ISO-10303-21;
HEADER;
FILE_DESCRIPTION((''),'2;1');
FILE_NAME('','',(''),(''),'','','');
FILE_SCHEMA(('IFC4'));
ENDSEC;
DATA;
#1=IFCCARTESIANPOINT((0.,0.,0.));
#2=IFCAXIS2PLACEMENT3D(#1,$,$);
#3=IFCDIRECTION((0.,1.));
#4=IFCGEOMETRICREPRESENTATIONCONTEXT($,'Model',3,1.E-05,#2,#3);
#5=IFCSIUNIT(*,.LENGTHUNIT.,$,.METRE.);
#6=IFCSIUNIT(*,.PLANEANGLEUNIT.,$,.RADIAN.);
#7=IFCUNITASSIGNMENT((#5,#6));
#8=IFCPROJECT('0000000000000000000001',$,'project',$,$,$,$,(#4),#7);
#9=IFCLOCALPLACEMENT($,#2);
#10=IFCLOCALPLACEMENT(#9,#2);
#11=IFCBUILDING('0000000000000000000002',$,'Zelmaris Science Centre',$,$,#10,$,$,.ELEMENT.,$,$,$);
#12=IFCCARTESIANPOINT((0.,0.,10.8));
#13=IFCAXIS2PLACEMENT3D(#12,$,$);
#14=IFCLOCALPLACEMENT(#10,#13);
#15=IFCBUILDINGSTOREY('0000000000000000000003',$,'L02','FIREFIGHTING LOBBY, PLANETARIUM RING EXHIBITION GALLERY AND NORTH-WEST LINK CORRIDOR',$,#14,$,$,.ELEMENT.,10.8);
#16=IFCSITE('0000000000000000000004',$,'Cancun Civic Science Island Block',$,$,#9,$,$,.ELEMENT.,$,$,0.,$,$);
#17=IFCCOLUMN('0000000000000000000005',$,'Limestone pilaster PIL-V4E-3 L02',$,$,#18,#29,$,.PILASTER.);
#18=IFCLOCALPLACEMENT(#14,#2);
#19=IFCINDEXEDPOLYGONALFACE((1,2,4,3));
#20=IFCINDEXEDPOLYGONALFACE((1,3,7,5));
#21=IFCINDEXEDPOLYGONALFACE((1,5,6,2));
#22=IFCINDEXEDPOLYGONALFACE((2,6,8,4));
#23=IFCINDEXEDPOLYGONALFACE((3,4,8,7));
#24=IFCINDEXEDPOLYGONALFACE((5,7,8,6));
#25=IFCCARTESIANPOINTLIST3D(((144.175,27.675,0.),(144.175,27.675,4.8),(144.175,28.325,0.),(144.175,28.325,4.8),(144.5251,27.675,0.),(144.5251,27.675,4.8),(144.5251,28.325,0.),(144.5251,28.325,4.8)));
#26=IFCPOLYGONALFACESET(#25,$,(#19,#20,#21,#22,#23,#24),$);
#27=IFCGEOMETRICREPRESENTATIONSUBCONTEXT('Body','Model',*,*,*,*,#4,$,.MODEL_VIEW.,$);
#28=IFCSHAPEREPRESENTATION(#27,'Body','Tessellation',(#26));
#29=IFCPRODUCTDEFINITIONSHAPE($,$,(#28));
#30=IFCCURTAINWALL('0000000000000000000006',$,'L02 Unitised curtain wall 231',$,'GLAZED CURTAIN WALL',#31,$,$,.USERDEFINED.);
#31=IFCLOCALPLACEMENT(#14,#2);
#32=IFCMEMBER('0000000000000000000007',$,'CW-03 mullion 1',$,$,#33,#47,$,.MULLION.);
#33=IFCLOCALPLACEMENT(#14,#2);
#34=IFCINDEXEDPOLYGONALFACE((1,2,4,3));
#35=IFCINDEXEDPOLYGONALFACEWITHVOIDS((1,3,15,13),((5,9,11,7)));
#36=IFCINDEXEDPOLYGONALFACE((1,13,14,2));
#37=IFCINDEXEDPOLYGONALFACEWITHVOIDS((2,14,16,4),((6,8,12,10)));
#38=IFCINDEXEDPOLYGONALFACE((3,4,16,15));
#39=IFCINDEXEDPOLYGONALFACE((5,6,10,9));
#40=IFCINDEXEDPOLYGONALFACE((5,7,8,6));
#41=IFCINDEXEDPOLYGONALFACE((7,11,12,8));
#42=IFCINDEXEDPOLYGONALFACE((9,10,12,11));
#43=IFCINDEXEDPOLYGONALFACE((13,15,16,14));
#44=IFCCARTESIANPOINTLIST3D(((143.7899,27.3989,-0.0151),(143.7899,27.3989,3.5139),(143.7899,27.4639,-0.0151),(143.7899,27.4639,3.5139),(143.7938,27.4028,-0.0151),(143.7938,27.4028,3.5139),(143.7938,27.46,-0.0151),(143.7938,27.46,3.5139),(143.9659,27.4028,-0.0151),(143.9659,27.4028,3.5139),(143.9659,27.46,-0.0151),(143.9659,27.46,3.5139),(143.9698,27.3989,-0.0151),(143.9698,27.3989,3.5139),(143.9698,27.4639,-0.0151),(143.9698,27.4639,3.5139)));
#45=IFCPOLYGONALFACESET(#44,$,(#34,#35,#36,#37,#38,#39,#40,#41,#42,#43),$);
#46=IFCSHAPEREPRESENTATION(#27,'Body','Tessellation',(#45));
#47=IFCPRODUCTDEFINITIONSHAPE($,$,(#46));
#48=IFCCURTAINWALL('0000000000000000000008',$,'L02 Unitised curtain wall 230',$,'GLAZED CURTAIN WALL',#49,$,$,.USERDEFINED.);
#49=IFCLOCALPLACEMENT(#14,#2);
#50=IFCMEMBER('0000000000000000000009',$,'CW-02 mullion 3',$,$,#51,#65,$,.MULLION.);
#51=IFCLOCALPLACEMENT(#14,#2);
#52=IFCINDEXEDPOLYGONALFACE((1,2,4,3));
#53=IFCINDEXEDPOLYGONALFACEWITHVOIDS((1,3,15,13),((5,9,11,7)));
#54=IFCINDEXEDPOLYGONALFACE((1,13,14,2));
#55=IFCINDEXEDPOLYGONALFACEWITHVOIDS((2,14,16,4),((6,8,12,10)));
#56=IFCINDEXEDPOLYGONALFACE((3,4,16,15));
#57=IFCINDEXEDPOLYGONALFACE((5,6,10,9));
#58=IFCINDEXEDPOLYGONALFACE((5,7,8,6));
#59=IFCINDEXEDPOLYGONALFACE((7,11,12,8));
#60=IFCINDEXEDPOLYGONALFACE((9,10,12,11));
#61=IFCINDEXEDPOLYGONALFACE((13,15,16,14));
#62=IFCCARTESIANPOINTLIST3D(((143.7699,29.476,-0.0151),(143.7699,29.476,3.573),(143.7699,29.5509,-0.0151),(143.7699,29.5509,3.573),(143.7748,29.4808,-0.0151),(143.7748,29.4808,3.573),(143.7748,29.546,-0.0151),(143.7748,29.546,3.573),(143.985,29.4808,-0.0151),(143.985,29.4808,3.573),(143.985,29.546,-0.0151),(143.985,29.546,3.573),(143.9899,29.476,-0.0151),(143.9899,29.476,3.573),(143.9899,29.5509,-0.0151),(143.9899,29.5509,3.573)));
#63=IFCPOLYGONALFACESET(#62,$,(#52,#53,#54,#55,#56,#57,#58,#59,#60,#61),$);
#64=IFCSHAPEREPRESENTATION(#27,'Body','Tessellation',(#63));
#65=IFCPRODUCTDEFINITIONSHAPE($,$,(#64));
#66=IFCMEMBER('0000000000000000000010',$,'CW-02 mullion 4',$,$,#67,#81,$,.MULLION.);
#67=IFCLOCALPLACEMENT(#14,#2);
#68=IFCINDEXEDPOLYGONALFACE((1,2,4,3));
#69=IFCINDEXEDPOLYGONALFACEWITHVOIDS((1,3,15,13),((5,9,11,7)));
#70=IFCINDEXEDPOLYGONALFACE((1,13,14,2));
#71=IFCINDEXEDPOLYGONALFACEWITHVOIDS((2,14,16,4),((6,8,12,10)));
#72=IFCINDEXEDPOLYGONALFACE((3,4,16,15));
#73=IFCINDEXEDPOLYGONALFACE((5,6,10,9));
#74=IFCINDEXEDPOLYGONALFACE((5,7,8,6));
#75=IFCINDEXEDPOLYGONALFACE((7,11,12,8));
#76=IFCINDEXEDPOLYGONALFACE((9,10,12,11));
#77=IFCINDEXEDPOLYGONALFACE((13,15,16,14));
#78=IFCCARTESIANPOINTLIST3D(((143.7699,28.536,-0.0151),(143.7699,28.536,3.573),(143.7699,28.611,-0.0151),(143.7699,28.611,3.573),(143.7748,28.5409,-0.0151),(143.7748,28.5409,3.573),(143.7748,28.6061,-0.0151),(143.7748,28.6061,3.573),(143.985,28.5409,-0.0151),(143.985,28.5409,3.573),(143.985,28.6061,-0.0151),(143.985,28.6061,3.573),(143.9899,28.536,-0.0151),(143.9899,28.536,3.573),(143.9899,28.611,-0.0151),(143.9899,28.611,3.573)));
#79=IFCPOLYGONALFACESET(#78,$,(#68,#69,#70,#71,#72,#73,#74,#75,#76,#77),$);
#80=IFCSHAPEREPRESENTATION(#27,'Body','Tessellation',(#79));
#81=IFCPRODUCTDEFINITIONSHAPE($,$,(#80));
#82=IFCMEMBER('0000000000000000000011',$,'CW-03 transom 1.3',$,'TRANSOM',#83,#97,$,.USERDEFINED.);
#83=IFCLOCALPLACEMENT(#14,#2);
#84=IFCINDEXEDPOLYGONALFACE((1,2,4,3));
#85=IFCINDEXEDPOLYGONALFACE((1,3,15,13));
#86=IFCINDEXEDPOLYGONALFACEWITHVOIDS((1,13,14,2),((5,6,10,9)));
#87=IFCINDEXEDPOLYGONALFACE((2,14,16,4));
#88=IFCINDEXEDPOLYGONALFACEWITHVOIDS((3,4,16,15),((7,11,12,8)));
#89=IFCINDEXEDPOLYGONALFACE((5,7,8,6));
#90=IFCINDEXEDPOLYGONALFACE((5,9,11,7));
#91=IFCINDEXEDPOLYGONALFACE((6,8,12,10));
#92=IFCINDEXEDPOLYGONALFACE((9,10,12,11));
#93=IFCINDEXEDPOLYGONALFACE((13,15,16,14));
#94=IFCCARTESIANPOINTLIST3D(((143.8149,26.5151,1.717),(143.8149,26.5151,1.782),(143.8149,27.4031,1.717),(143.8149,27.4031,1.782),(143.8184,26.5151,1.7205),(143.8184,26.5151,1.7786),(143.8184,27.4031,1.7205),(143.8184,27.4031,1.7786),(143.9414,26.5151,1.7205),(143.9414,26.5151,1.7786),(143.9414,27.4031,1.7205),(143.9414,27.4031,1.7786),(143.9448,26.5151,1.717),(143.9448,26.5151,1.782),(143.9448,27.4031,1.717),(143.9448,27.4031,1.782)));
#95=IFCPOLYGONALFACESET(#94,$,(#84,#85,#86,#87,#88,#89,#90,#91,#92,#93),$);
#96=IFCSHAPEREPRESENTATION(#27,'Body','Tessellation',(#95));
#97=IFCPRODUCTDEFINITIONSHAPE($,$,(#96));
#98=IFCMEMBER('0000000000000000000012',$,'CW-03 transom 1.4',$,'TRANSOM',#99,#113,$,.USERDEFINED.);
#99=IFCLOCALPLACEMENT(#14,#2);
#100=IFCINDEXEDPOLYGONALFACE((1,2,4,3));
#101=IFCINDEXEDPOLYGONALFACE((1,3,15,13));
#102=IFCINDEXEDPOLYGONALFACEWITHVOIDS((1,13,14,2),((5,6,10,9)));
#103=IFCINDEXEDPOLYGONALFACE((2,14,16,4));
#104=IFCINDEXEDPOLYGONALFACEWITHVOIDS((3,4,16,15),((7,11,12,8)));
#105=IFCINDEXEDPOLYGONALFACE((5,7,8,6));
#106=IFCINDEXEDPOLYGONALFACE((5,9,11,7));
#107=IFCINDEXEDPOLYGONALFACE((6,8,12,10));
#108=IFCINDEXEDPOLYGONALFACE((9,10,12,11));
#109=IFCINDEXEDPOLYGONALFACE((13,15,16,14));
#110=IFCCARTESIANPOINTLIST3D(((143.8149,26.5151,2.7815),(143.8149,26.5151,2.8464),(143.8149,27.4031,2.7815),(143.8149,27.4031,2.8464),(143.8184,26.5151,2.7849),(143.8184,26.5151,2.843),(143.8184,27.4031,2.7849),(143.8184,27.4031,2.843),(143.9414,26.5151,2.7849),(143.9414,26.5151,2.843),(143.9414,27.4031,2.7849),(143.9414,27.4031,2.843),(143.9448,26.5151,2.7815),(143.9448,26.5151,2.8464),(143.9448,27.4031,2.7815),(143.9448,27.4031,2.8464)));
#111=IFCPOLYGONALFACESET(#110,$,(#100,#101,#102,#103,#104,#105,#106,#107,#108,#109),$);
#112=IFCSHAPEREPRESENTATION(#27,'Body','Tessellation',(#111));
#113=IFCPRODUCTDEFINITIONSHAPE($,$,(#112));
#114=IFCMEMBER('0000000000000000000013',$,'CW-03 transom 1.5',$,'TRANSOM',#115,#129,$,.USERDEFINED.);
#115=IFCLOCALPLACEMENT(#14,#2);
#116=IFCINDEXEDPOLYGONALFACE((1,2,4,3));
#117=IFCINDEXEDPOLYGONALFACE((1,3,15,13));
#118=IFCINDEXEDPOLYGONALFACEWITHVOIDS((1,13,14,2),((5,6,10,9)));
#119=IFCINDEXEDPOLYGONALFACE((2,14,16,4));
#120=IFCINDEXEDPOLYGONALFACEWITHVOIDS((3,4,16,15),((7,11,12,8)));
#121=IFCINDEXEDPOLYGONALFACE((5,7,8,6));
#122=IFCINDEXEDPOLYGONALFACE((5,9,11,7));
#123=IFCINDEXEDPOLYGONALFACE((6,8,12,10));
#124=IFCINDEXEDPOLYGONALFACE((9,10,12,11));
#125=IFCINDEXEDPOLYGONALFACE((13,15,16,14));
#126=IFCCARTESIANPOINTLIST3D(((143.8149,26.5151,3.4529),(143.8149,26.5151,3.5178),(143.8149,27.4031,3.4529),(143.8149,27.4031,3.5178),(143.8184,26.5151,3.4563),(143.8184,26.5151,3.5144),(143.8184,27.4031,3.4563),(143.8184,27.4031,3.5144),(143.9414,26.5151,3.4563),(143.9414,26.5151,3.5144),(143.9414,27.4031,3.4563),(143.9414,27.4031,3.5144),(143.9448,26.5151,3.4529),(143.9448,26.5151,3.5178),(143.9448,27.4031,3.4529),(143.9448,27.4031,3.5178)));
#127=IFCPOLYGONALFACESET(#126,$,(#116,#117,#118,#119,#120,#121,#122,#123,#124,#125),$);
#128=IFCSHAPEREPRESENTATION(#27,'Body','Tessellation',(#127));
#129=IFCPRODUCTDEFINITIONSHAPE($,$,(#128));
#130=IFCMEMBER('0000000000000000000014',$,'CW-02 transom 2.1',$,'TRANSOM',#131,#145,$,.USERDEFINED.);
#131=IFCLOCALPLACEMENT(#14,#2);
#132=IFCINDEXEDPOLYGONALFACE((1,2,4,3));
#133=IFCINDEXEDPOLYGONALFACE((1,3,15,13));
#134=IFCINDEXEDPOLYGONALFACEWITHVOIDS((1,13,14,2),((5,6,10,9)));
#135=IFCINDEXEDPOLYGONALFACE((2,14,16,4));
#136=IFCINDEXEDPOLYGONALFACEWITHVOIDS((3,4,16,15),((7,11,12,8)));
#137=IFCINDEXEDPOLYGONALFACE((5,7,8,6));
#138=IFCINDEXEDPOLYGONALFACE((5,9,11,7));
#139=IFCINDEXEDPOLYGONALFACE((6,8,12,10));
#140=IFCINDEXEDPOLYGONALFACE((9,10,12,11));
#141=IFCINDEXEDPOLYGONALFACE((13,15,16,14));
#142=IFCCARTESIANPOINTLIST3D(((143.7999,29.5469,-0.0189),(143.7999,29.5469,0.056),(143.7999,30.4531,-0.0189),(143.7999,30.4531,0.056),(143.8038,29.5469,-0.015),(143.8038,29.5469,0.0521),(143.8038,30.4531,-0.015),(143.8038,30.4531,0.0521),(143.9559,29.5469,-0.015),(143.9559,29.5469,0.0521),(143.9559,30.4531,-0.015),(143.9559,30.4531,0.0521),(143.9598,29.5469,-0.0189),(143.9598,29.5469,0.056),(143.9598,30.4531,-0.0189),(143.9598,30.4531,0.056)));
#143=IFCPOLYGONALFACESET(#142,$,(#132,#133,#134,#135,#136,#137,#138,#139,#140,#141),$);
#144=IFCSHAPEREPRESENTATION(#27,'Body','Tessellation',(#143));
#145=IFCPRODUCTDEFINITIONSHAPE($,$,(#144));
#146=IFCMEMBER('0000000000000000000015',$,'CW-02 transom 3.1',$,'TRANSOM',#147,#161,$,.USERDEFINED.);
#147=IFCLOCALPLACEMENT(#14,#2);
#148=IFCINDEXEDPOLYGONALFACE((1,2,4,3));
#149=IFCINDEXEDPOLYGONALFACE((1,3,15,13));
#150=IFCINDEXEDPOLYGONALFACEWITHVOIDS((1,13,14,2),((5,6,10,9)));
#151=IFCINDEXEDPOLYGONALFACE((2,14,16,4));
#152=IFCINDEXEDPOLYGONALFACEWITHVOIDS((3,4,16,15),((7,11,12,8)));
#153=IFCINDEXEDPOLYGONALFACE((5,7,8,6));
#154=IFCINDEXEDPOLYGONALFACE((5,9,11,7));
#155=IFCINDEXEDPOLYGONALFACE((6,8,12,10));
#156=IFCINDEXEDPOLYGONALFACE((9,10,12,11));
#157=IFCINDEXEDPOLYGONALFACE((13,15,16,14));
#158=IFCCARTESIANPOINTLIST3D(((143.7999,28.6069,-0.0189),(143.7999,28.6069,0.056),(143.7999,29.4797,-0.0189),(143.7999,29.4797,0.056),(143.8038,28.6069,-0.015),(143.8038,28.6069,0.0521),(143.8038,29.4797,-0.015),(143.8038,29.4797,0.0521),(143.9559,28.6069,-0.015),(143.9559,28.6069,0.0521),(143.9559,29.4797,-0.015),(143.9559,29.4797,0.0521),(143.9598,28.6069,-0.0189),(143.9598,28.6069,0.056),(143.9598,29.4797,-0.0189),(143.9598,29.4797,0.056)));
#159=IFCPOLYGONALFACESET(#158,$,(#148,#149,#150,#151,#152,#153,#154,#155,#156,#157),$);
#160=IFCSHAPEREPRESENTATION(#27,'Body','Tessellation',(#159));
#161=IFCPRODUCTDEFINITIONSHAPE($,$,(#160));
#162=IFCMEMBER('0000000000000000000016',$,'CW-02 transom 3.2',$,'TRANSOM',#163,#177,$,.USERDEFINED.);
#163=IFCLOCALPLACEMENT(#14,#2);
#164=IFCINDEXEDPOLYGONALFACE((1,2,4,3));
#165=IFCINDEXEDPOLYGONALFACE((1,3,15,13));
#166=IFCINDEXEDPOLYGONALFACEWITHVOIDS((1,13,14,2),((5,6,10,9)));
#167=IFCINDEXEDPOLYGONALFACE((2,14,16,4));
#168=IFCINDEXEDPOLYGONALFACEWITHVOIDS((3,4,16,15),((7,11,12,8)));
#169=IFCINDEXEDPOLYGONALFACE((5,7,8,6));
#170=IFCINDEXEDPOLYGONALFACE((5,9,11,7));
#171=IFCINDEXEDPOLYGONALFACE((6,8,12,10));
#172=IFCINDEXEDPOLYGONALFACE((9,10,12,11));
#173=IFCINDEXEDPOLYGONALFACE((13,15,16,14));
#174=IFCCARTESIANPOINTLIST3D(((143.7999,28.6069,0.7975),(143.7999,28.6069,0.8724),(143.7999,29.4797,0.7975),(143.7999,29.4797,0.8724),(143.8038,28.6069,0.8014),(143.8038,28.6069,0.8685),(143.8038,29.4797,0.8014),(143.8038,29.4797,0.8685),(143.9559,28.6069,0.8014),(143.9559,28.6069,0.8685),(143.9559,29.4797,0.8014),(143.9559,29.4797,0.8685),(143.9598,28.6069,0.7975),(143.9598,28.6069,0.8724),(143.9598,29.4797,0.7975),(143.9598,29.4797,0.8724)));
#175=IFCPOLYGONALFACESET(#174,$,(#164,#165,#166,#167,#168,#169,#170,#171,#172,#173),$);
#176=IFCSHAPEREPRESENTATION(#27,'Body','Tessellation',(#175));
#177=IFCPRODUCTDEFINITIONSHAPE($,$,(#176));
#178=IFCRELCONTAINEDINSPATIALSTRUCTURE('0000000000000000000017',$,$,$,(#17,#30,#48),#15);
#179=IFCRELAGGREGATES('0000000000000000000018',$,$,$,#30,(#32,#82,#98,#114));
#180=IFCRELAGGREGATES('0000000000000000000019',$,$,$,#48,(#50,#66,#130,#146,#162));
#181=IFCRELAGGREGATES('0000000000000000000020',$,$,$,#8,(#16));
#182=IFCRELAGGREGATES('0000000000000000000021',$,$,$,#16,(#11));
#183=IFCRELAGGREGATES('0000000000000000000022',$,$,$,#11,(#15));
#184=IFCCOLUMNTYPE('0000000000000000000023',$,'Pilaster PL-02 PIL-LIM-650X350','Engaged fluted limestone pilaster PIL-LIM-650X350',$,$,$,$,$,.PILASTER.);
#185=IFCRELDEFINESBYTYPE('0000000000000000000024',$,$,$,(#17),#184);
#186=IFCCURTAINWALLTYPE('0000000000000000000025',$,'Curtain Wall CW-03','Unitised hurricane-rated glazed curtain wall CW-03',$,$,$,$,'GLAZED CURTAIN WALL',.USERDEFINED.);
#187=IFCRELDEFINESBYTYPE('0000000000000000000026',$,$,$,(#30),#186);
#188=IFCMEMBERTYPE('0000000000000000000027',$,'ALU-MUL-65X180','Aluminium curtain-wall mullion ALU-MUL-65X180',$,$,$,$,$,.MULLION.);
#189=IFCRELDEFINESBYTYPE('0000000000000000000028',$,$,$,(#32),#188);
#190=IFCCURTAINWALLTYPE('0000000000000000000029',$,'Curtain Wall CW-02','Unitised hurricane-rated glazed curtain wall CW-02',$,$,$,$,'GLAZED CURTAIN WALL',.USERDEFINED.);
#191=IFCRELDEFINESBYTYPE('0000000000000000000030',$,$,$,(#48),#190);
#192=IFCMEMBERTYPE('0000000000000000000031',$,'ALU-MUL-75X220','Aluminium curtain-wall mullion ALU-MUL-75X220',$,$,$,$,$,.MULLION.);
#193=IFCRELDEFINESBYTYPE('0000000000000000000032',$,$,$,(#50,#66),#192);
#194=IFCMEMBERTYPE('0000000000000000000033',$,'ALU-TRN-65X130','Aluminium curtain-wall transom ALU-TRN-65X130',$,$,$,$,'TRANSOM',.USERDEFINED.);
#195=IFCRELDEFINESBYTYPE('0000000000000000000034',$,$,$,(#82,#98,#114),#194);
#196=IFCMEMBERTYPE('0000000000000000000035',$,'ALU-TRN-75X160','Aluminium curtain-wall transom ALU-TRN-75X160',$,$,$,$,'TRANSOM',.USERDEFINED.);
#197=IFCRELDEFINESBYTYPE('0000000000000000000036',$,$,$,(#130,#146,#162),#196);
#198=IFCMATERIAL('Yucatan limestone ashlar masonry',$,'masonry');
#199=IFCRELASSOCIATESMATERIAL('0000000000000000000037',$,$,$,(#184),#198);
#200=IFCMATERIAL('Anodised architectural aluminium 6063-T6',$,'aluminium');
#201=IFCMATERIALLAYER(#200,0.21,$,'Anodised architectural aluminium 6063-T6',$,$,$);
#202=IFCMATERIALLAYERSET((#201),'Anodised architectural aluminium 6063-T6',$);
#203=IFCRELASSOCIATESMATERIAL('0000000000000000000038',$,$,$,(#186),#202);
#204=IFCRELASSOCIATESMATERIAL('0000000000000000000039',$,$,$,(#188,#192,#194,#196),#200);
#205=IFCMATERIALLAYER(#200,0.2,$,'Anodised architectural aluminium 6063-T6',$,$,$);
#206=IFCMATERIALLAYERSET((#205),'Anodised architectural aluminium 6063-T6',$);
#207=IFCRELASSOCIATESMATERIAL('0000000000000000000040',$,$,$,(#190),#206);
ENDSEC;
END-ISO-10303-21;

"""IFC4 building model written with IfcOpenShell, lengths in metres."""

from ifc_helpers import new_model, si_unit, direction, frame, origin, origin_2d, place, context, subcontext, project, spatial, rectangle, hollow_rectangle, extrude, material, layer, layer_set, material_profile, profile_set, type_object, element, aggregate, save


model = new_model("IFC4")

# Units and contexts
model_context = context("Model", 3, precision=1e-05, world=origin(), true_north=direction((0.0, 1.0)))
body_context = subcontext(model_context, "Body", "Model", "MODEL_VIEW")
ifc_project = project(units=[si_unit("LENGTHUNIT", "METRE"), si_unit("PLANEANGLEUNIT", "RADIAN")], contexts=[model_context])

# Site, building, storey
site_placement = place(None, origin())
site = spatial("IfcSite", under=ifc_project, at=site_placement, Name="Cancun Civic Science Island Block", CompositionType="ELEMENT", RefElevation=0.0)
building_placement = place(site_placement, origin())
building = spatial("IfcBuilding", under=site, at=building_placement, Name="Zelmaris Science Centre", CompositionType="ELEMENT")
storey_placement = place(building_placement, frame((0.0, 0.0, 10.8)))
storey = spatial("IfcBuildingStorey", under=building, at=storey_placement, Name="L02", Description="FIREFIGHTING LOBBY, PLANETARIUM RING EXHIBITION GALLERY AND NORTH-WEST LINK CORRIDOR", CompositionType="ELEMENT", Elevation=10.8)

# Column
ifc_material_1 = material(Name="Yucatan limestone ashlar masonry", Category="masonry")
ifc_material_profile_1 = material_profile(ifc_material_1, rectangle(XDim=0.6499, YDim=0.3501, at=origin_2d()), Name="PIL-LIM-650X350")
ifc_profile_set_1 = profile_set([ifc_material_profile_1], Name="Yucatan limestone ashlar masonry")
column_type = type_object("IfcColumnType", Name="Pilaster PL-02 PIL-LIM-650X350", Description="Engaged fluted limestone pilaster PIL-LIM-650X350", PredefinedType="PILASTER", material=ifc_profile_set_1)
column_placement = place(storey_placement, frame((144.3501, 28.0, 0.0), z_axis=(0.0, 0.0, 1.0), x_axis=(0.0, 1.0, 0.0)))
element("IfcColumn", 1, at=column_placement, inside=storey, type_object=column_type, Name="Limestone pilaster PIL-V4E-3 L02", PredefinedType="PILASTER", context=body_context, shape_type="SweptSolid", body=[
    extrude(rectangle(XDim=0.6499, YDim=0.3501, at=origin_2d()), origin(), (0.0, 0.0, 1.0), 4.8),
])

# Curtain wall, member
ifc_material_2 = material(Name="Anodised architectural aluminium 6063-T6", Category="aluminium")
ifc_layer_1 = layer(ifc_material_2, 0.21, Name="Anodised architectural aluminium 6063-T6")
ifc_layer_set_1 = layer_set([ifc_layer_1], Name="Anodised architectural aluminium 6063-T6")
curtain_wall_type_1 = type_object("IfcCurtainWallType", Name="Curtain Wall CW-03", Description="Unitised hurricane-rated glazed curtain wall CW-03", ElementType="GLAZED CURTAIN WALL", PredefinedType="USERDEFINED", material=ifc_layer_set_1)
curtain_wall_1_placement = place(storey_placement, origin())
curtain_wall_1 = element("IfcCurtainWall", 2, at=curtain_wall_1_placement, inside=storey, type_object=curtain_wall_type_1, Name="L02 Unitised curtain wall 231", ObjectType="GLAZED CURTAIN WALL", PredefinedType="USERDEFINED")
ifc_material_profile_2 = material_profile(ifc_material_2, hollow_rectangle(XDim=0.0649, YDim=0.1799, WallThickness=0.0039, at=origin_2d()), Name="ALU-MUL-65X180")
ifc_profile_set_2 = profile_set([ifc_material_profile_2], Name="Anodised architectural aluminium 6063-T6")
member_type_1 = type_object("IfcMemberType", Name="ALU-MUL-65X180", Description="Aluminium curtain-wall mullion ALU-MUL-65X180", PredefinedType="MULLION", material=ifc_profile_set_2)
member_1_placement = place(storey_placement, frame((143.8799, 27.4314, -0.0151), z_axis=(0.0, 0.0, 1.0), x_axis=(0.0, -1.0, 0.0)))
member_1 = element("IfcMember", 3, at=member_1_placement, type_object=member_type_1, Name="CW-03 mullion 1", PredefinedType="MULLION", context=body_context, shape_type="SweptSolid", body=[
    extrude(hollow_rectangle(XDim=0.0649, YDim=0.1799, WallThickness=0.0039, at=origin_2d()), origin(), (0.0, 0.0, 1.0), 3.5291),
])

# Curtain wall, members
ifc_layer_2 = layer(ifc_material_2, 0.2, Name="Anodised architectural aluminium 6063-T6")
ifc_layer_set_2 = layer_set([ifc_layer_2], Name="Anodised architectural aluminium 6063-T6")
curtain_wall_type_2 = type_object("IfcCurtainWallType", Name="Curtain Wall CW-02", Description="Unitised hurricane-rated glazed curtain wall CW-02", ElementType="GLAZED CURTAIN WALL", PredefinedType="USERDEFINED", material=ifc_layer_set_2)
curtain_wall_2_placement = place(storey_placement, origin())
curtain_wall_2 = element("IfcCurtainWall", 4, at=curtain_wall_2_placement, inside=storey, type_object=curtain_wall_type_2, Name="L02 Unitised curtain wall 230", ObjectType="GLAZED CURTAIN WALL", PredefinedType="USERDEFINED")
ifc_material_profile_3 = material_profile(ifc_material_2, hollow_rectangle(XDim=0.075, YDim=0.22, WallThickness=0.0049, at=origin_2d()), Name="ALU-MUL-75X220")
ifc_profile_set_3 = profile_set([ifc_material_profile_3], Name="Anodised architectural aluminium 6063-T6")
member_type_2 = type_object("IfcMemberType", Name="ALU-MUL-75X220", Description="Aluminium curtain-wall mullion ALU-MUL-75X220", PredefinedType="MULLION", material=ifc_profile_set_3)
member_2_placement = place(storey_placement, frame((143.8799, 29.5134, -0.0151), z_axis=(0.0, 0.0, 1.0), x_axis=(0.0, -1.0, 0.0)))
member_2 = element("IfcMember", 5, at=member_2_placement, type_object=member_type_2, Name="CW-02 mullion 3", PredefinedType="MULLION", context=body_context, shape_type="SweptSolid", body=[
    extrude(hollow_rectangle(XDim=0.075, YDim=0.22, WallThickness=0.0049, at=origin_2d()), origin(), (0.0, 0.0, 1.0), 3.5881),
])
member_3_placement = place(storey_placement, frame((143.8799, 28.5735, -0.0151), z_axis=(0.0, 0.0, 1.0), x_axis=(0.0, -1.0, 0.0)))
member_3 = element("IfcMember", 6, at=member_3_placement, type_object=member_type_2, Name="CW-02 mullion 4", PredefinedType="MULLION", context=body_context, shape_type="SweptSolid", body=[
    extrude(hollow_rectangle(XDim=0.075, YDim=0.22, WallThickness=0.0049, at=origin_2d()), origin(), (0.0, 0.0, 1.0), 3.5881),
])

# Members
ifc_material_profile_4 = material_profile(ifc_material_2, hollow_rectangle(XDim=0.0649, YDim=0.1299, WallThickness=0.0034, at=origin_2d()), Name="ALU-TRN-65X130")
ifc_profile_set_4 = profile_set([ifc_material_profile_4], Name="Anodised architectural aluminium 6063-T6")
member_type_3 = type_object("IfcMemberType", Name="ALU-TRN-65X130", Description="Aluminium curtain-wall transom ALU-TRN-65X130", ElementType="TRANSOM", PredefinedType="USERDEFINED", material=ifc_profile_set_4)
member_4_placement = place(storey_placement, frame((143.8799, 27.4031, 1.7495), z_axis=(0.0, -1.0, 0.0), x_axis=(0.0, 0.0, 1.0)))
member_4 = element("IfcMember", 7, at=member_4_placement, type_object=member_type_3, Name="CW-03 transom 1.3", ObjectType="TRANSOM", PredefinedType="USERDEFINED", context=body_context, shape_type="SweptSolid", body=[
    extrude(hollow_rectangle(XDim=0.0649, YDim=0.1299, WallThickness=0.0034, at=origin_2d()), origin(), (0.0, 0.0, 1.0), 0.8879),
])
member_5_placement = place(storey_placement, frame((143.8799, 27.4031, 2.814), z_axis=(0.0, -1.0, 0.0), x_axis=(0.0, 0.0, 1.0)))
member_5 = element("IfcMember", 8, at=member_5_placement, type_object=member_type_3, Name="CW-03 transom 1.4", ObjectType="TRANSOM", PredefinedType="USERDEFINED", context=body_context, shape_type="SweptSolid", body=[
    extrude(hollow_rectangle(XDim=0.0649, YDim=0.1299, WallThickness=0.0034, at=origin_2d()), origin(), (0.0, 0.0, 1.0), 0.8879),
])
member_6_placement = place(storey_placement, frame((143.8799, 27.4031, 3.4854), z_axis=(0.0, -1.0, 0.0), x_axis=(0.0, 0.0, 1.0)))
member_6 = element("IfcMember", 9, at=member_6_placement, type_object=member_type_3, Name="CW-03 transom 1.5", ObjectType="TRANSOM", PredefinedType="USERDEFINED", context=body_context, shape_type="SweptSolid", body=[
    extrude(hollow_rectangle(XDim=0.0649, YDim=0.1299, WallThickness=0.0034, at=origin_2d()), origin(), (0.0, 0.0, 1.0), 0.8879),
])
aggregate(curtain_wall_1, [member_1, member_4, member_5, member_6])
ifc_material_profile_5 = material_profile(ifc_material_2, hollow_rectangle(XDim=0.075, YDim=0.1599, WallThickness=0.0039, at=origin_2d()), Name="ALU-TRN-75X160")
ifc_profile_set_5 = profile_set([ifc_material_profile_5], Name="Anodised architectural aluminium 6063-T6")
member_type_4 = type_object("IfcMemberType", Name="ALU-TRN-75X160", Description="Aluminium curtain-wall transom ALU-TRN-75X160", ElementType="TRANSOM", PredefinedType="USERDEFINED", material=ifc_profile_set_5)
member_7_placement = place(storey_placement, frame((143.8799, 30.4531, 0.0186), z_axis=(0.0, -1.0, 0.0), x_axis=(0.0, 0.0, 1.0)))
member_7 = element("IfcMember", 10, at=member_7_placement, type_object=member_type_4, Name="CW-02 transom 2.1", ObjectType="TRANSOM", PredefinedType="USERDEFINED", context=body_context, shape_type="SweptSolid", body=[
    extrude(hollow_rectangle(XDim=0.075, YDim=0.1599, WallThickness=0.0039, at=origin_2d()), origin(), (0.0, 0.0, 1.0), 0.9062),
])
member_8_placement = place(storey_placement, frame((143.8799, 29.4797, 0.0186), z_axis=(0.0, -1.0, 0.0), x_axis=(0.0, 0.0, 1.0)))
member_8 = element("IfcMember", 11, at=member_8_placement, type_object=member_type_4, Name="CW-02 transom 3.1", ObjectType="TRANSOM", PredefinedType="USERDEFINED", context=body_context, shape_type="SweptSolid", body=[
    extrude(hollow_rectangle(XDim=0.075, YDim=0.1599, WallThickness=0.0039, at=origin_2d()), origin(), (0.0, 0.0, 1.0), 0.8728),
])
member_9_placement = place(storey_placement, frame((143.8799, 29.4797, 0.835), z_axis=(0.0, -1.0, 0.0), x_axis=(0.0, 0.0, 1.0)))
member_9 = element("IfcMember", 12, at=member_9_placement, type_object=member_type_4, Name="CW-02 transom 3.2", ObjectType="TRANSOM", PredefinedType="USERDEFINED", context=body_context, shape_type="SweptSolid", body=[
    extrude(hollow_rectangle(XDim=0.075, YDim=0.1599, WallThickness=0.0039, at=origin_2d()), origin(), (0.0, 0.0, 1.0), 0.8728),
])

aggregate(curtain_wall_2, [member_2, member_3, member_7, member_8, member_9])

save(model, "model.ifc")
